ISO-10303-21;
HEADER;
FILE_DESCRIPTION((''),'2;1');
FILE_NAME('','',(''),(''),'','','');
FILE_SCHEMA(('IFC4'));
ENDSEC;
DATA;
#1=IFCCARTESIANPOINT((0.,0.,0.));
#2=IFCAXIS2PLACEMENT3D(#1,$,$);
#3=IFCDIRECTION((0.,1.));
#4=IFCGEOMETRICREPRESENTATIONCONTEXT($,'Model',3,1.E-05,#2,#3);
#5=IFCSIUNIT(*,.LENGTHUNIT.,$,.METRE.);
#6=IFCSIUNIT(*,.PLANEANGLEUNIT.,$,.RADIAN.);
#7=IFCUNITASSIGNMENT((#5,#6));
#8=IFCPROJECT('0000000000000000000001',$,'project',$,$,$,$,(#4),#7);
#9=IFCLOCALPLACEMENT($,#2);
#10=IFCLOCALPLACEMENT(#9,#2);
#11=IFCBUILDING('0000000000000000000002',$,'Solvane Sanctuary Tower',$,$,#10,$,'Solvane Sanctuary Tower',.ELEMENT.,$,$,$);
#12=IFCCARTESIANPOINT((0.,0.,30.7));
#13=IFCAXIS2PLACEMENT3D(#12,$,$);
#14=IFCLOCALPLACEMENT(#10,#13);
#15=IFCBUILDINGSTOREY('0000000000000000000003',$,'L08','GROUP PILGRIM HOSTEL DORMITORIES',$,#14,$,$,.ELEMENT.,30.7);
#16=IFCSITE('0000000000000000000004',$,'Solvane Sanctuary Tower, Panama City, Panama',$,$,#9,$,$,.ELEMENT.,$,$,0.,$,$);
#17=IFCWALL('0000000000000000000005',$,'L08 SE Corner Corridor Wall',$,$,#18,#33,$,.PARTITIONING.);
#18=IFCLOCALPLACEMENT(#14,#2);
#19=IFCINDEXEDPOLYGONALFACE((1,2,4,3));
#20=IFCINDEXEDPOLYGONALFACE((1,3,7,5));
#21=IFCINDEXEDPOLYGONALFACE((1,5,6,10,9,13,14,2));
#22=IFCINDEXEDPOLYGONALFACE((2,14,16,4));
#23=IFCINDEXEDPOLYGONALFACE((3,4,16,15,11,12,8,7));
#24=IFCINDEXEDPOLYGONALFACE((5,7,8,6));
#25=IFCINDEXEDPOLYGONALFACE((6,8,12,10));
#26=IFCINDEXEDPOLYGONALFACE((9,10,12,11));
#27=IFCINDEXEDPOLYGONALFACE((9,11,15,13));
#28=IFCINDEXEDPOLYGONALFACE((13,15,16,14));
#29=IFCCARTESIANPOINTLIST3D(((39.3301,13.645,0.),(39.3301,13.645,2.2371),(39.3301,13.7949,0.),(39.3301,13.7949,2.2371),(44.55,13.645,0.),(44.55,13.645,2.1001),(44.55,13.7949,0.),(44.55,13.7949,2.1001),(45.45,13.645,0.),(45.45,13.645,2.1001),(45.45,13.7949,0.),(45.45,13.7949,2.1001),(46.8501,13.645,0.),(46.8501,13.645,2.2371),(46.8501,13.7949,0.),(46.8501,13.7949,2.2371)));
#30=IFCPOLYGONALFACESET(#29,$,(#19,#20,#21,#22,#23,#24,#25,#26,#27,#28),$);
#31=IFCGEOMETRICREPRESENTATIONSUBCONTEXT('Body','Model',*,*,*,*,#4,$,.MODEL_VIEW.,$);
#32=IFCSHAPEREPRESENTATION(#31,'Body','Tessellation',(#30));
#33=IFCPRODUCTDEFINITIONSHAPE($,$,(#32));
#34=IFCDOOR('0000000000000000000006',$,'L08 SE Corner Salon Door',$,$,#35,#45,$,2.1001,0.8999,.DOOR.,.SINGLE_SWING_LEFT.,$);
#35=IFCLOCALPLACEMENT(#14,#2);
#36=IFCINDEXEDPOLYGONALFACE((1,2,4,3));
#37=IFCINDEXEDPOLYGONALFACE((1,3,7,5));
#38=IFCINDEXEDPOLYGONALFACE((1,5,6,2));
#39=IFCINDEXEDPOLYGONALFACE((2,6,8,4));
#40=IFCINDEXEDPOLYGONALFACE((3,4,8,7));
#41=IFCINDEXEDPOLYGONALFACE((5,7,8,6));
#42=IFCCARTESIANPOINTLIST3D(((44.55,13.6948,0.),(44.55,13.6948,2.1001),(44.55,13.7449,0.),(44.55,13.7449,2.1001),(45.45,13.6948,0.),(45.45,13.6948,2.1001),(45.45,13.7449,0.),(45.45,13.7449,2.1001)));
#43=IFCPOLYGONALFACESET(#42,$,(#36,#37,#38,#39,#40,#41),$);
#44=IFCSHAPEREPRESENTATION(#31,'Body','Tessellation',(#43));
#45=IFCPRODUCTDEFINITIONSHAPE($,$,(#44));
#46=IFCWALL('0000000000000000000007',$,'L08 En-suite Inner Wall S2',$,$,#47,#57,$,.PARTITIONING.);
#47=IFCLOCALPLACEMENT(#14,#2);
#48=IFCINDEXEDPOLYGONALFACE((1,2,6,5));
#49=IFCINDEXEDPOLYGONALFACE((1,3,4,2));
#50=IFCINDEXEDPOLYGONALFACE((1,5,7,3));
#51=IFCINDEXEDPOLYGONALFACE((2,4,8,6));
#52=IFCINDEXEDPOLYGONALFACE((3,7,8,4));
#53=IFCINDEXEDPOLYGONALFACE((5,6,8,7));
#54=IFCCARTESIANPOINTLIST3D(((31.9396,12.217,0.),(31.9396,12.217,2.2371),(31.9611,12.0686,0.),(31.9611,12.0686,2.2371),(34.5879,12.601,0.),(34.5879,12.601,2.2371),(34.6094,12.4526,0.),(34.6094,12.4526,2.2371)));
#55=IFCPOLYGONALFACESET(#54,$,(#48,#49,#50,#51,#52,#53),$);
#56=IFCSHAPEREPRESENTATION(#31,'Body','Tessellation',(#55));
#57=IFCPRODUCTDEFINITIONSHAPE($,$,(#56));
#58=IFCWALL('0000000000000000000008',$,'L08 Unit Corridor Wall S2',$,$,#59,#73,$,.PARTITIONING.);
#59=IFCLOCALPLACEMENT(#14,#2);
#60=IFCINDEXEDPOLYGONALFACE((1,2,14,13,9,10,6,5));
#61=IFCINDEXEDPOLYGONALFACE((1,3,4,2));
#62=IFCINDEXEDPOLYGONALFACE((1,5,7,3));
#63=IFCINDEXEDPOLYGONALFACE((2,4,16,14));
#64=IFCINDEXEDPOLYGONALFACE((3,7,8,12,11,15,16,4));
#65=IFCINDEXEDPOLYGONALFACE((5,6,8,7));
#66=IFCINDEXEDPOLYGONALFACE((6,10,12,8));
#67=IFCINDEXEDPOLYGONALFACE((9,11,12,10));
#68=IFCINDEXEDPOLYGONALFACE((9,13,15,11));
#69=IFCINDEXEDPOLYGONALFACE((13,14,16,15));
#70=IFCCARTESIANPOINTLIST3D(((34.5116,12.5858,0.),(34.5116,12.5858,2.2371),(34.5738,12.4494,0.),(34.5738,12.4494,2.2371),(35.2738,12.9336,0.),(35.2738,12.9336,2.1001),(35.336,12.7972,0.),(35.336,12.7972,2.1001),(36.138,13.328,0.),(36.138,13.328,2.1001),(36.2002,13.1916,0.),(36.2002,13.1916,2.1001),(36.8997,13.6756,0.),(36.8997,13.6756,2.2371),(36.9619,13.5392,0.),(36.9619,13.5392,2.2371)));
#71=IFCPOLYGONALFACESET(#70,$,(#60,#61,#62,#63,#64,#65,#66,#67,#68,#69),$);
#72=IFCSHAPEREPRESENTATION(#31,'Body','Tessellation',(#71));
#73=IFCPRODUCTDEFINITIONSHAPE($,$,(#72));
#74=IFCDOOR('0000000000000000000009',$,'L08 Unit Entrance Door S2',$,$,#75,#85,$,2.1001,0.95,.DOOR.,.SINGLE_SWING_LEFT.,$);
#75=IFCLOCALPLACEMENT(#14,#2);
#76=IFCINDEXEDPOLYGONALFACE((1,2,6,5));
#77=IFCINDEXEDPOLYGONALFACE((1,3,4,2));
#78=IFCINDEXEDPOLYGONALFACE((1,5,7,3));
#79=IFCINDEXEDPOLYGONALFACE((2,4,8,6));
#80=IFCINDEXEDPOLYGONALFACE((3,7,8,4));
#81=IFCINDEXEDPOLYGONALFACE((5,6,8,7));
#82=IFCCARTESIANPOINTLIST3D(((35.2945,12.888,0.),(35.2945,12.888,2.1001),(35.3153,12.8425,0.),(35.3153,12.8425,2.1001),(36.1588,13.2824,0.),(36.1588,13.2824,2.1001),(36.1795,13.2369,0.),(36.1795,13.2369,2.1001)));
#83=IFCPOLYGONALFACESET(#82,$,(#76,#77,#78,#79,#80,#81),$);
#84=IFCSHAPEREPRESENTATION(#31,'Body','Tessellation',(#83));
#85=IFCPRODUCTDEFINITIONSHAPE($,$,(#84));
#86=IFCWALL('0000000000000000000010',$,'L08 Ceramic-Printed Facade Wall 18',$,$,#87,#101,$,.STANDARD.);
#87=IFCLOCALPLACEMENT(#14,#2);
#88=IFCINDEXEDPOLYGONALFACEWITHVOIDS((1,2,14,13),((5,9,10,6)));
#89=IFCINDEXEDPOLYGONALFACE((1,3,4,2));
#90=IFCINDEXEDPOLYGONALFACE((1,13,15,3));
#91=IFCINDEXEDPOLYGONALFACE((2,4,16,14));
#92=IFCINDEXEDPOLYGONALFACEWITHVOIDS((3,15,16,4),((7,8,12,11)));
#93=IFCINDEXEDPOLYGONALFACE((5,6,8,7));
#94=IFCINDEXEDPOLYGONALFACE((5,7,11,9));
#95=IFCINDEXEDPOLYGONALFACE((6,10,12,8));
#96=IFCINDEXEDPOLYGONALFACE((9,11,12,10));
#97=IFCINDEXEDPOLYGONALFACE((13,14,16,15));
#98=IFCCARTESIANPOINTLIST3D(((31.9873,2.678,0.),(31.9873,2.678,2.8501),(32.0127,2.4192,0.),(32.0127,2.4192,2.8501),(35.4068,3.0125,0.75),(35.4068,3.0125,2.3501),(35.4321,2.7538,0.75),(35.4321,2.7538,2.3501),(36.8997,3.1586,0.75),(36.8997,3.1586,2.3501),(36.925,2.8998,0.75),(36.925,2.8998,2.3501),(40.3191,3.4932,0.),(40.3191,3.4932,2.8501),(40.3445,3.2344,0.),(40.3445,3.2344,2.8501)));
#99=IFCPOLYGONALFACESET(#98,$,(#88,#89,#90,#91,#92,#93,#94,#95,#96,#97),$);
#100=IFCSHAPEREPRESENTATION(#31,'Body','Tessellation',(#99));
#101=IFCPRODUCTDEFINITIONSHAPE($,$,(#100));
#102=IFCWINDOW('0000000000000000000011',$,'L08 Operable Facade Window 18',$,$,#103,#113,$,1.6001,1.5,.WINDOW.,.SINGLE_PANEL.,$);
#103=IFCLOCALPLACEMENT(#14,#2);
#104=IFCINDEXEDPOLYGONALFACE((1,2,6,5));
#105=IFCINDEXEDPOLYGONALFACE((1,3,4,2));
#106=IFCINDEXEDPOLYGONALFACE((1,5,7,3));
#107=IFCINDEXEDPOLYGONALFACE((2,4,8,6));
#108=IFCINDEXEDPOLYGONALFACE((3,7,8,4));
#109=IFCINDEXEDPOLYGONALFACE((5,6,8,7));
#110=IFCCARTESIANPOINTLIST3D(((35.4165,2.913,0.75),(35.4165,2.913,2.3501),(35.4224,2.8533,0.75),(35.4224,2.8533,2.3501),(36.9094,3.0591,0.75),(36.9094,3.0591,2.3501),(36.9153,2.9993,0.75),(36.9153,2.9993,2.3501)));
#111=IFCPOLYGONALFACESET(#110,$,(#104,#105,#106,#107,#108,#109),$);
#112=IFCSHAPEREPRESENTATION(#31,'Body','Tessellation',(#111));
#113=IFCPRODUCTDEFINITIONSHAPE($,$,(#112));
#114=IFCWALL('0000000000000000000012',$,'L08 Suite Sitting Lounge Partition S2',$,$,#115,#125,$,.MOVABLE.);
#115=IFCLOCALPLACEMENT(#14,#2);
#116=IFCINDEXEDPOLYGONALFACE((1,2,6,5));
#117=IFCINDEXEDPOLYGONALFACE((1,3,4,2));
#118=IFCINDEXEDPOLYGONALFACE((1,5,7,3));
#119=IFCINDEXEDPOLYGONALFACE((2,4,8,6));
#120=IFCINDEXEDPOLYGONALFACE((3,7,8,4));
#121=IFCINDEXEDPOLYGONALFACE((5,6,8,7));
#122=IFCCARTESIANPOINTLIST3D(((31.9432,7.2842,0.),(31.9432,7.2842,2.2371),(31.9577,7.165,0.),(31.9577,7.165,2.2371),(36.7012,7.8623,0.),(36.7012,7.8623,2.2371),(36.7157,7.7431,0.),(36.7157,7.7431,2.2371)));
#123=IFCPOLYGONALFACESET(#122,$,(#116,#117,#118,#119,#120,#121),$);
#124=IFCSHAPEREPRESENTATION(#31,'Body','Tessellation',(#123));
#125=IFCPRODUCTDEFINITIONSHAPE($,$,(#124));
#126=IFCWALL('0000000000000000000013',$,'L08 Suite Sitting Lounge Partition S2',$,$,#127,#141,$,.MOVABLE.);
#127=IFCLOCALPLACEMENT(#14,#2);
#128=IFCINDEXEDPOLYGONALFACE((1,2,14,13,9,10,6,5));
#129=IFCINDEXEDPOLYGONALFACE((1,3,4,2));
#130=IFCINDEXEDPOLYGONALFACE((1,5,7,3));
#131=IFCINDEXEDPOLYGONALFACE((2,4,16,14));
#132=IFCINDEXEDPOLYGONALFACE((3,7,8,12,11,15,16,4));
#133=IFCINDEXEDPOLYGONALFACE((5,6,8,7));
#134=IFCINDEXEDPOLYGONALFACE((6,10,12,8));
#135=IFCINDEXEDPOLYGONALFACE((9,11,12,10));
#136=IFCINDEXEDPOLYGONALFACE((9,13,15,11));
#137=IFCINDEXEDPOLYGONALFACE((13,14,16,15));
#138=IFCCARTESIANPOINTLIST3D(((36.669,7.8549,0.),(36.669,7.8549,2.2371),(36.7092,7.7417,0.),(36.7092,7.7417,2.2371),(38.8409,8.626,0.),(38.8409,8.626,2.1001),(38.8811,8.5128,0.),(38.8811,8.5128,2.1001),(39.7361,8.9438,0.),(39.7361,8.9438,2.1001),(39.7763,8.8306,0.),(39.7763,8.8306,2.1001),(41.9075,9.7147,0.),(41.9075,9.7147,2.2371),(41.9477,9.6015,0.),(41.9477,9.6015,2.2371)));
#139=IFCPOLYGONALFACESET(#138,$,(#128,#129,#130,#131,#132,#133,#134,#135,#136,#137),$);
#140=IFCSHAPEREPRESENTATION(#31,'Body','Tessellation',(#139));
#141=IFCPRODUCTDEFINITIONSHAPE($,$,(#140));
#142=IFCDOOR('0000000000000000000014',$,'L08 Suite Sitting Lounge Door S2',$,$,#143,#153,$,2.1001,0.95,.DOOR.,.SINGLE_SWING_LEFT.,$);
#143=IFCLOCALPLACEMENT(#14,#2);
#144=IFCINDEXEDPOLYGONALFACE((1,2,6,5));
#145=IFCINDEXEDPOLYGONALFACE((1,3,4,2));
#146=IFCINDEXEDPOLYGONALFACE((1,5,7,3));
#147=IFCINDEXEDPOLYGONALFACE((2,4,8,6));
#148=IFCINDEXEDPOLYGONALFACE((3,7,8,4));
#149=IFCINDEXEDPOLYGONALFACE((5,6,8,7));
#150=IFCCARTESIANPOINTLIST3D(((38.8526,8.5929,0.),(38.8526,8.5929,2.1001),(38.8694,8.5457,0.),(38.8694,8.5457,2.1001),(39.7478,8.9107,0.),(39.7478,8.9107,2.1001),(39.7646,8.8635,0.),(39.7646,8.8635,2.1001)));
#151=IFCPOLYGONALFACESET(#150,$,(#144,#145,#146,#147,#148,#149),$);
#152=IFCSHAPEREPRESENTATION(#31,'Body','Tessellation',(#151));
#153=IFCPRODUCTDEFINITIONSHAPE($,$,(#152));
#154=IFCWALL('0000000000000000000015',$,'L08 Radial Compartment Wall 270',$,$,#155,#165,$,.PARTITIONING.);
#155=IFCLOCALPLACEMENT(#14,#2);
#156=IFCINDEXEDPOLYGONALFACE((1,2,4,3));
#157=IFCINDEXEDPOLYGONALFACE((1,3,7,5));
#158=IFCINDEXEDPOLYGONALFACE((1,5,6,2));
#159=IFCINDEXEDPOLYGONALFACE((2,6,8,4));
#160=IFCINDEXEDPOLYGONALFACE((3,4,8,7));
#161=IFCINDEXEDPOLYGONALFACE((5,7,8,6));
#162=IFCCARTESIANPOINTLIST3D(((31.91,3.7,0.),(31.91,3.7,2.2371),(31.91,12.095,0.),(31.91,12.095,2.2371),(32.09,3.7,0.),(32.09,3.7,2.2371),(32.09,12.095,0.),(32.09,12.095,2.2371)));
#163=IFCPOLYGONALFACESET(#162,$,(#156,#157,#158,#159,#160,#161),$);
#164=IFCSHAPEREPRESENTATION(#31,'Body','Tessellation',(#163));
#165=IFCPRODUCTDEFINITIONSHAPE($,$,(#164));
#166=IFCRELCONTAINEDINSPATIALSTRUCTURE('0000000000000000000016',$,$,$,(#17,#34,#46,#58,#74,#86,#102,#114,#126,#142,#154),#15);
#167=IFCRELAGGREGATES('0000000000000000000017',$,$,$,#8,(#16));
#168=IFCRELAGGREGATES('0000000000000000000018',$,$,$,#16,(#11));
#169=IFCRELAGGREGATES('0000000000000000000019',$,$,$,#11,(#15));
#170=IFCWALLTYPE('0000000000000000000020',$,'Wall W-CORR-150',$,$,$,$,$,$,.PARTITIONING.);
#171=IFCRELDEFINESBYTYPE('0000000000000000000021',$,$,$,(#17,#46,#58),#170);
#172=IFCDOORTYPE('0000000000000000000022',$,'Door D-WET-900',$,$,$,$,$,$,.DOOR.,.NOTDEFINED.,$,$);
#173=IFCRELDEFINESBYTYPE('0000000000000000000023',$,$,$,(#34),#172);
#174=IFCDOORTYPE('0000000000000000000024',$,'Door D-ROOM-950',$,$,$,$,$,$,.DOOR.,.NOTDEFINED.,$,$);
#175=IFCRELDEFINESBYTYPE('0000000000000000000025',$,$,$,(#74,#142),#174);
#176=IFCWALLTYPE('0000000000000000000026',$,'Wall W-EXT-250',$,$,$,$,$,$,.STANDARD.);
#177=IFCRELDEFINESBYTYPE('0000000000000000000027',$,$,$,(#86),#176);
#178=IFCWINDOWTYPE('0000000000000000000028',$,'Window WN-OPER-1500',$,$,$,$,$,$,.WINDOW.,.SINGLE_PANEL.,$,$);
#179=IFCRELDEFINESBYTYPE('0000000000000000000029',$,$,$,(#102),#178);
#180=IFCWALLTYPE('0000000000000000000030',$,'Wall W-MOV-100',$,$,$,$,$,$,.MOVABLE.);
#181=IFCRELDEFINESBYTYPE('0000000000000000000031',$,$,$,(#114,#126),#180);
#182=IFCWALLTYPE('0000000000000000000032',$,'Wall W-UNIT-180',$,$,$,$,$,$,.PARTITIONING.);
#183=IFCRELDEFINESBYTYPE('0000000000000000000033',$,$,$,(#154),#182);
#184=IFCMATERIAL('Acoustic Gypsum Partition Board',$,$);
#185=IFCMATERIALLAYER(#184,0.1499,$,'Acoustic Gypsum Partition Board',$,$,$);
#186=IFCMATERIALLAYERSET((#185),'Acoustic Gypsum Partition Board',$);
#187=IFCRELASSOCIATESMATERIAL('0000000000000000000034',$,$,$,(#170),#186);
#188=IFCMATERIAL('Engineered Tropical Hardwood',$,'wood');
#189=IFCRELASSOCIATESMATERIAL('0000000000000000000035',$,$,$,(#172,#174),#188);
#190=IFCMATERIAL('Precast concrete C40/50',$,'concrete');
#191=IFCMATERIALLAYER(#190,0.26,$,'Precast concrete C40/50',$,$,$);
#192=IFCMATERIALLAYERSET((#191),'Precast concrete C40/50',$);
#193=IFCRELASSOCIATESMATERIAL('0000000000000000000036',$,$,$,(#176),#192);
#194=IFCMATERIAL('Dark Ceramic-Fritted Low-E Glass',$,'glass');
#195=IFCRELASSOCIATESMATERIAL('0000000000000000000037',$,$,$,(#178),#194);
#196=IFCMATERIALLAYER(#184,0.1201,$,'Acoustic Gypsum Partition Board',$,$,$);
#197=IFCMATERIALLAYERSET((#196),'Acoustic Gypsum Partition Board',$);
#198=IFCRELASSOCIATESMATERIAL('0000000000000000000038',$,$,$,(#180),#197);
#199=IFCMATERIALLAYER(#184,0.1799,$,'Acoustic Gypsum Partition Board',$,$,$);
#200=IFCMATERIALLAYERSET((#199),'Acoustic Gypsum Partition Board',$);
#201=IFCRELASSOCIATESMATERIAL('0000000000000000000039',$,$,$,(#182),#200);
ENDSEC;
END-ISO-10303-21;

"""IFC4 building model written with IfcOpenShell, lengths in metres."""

from ifc_helpers import new_model, si_unit, direction, frame, frame_2d, origin, place, context, subcontext, project, spatial, rectangle, extrude, material, layer, layer_set, type_object, element, fill, save


model = new_model("IFC4")

# Units and contexts
model_context = context("Model", 3, precision=1e-05, world=origin(), true_north=direction((0.0, 1.0)))
body_context = subcontext(model_context, "Body", "Model", "MODEL_VIEW")
ifc_project = project(units=[si_unit("LENGTHUNIT", "METRE"), si_unit("PLANEANGLEUNIT", "RADIAN")], contexts=[model_context])

# Site, building, storey
site_placement = place(None, origin())
site = spatial("IfcSite", under=ifc_project, at=site_placement, Name="Solvane Sanctuary Tower, Panama City, Panama", CompositionType="ELEMENT", RefElevation=0.0)
building_placement = place(site_placement, origin())
building = spatial("IfcBuilding", under=site, at=building_placement, Name="Solvane Sanctuary Tower", LongName="Solvane Sanctuary Tower", CompositionType="ELEMENT")
storey_placement = place(building_placement, frame((0.0, 0.0, 30.7)))
storey = spatial("IfcBuildingStorey", under=building, at=storey_placement, Name="L08", Description="GROUP PILGRIM HOSTEL DORMITORIES", CompositionType="ELEMENT", Elevation=30.7)

# Shared definitions
ifc_material_1 = material(Name="Acoustic Gypsum Partition Board")
ifc_layer_1 = layer(ifc_material_1, 0.1499, Name="Acoustic Gypsum Partition Board")
ifc_layer_set_1 = layer_set([ifc_layer_1], Name="Acoustic Gypsum Partition Board")
wall_type_1 = type_object("IfcWallType", Name="Wall W-CORR-150", PredefinedType="PARTITIONING", material=ifc_layer_set_1)

# Wall, opening, door
wall_1_placement = place(storey_placement, frame((39.3301, 13.72, 0.0), z_axis=(0.0, 0.0, 1.0), x_axis=(1.0, 0.0, 0.0)))
wall_1 = element("IfcWall", 1, at=wall_1_placement, inside=storey, type_object=wall_type_1, Name="L08 SE Corner Corridor Wall", PredefinedType="PARTITIONING", context=body_context, shape_type="SweptSolid", body=[
    extrude(rectangle(XDim=7.52, YDim=0.1499, at=frame_2d((3.76, 0.0))), origin(), (0.0, 0.0, 1.0), 2.2371),
])
opening_1_placement = place(wall_1_placement, frame((5.22, 0.0, 0.0)))
opening_1 = element("IfcOpeningElement", 2, at=opening_1_placement, cuts=wall_1, PredefinedType="OPENING", context=body_context, shape_type="SweptSolid", body=[
    extrude(rectangle(XDim=0.8999, YDim=2.1001, at=frame_2d((0.45, 1.05))), frame((0.0, 0.085, 0.0), z_axis=(0.0, -1.0, 0.0), x_axis=(1.0, 0.0, 0.0)), (0.0, 0.0, 1.0), 0.1699),
])
ifc_material_2 = material(Name="Engineered Tropical Hardwood", Category="wood")
door_type_1 = type_object("IfcDoorType", Name="Door D-WET-900", OperationType="NOTDEFINED", PredefinedType="DOOR", material=ifc_material_2)
door_1_placement = place(opening_1_placement, origin())
door_1 = element("IfcDoor", 3, at=door_1_placement, inside=storey, type_object=door_type_1, Name="L08 SE Corner Salon Door", OperationType="SINGLE_SWING_LEFT", OverallHeight=2.1001, OverallWidth=0.8999, PredefinedType="DOOR", context=body_context, shape_type="SweptSolid", body=[
    extrude(rectangle(XDim=0.8999, YDim=2.1001, at=frame_2d((0.45, 1.05))), frame((0.0, 0.0249, 0.0), z_axis=(0.0, -1.0, 0.0), x_axis=(1.0, 0.0, 0.0)), (0.0, 0.0, 1.0), 0.05),
])
fill(opening_1, door_1)

# Wall
wall_2_placement = place(storey_placement, frame((31.9504, 12.1428, 0.0), z_axis=(0.0, 0.0, 1.0), x_axis=(0.98965, 0.143503, 0.0)))
element("IfcWall", 4, at=wall_2_placement, inside=storey, type_object=wall_type_1, Name="L08 En-suite Inner Wall S2", PredefinedType="PARTITIONING", context=body_context, shape_type="SweptSolid", body=[
    extrude(rectangle(XDim=2.676, YDim=0.1499, at=frame_2d((1.3379, 0.0))), origin(), (0.0, 0.0, 1.0), 2.2371),
])

# Wall, opening, door
wall_3_placement = place(storey_placement, frame((34.5427, 12.5176, 0.0), z_axis=(0.0, 0.0, 1.0), x_axis=(0.909748, 0.415162, 0.0)))
wall_3 = element("IfcWall", 5, at=wall_3_placement, inside=storey, type_object=wall_type_1, Name="L08 Unit Corridor Wall S2", PredefinedType="PARTITIONING", context=body_context, shape_type="SweptSolid", body=[
    extrude(rectangle(XDim=2.625, YDim=0.1499, at=frame_2d((1.3125, 0.0))), origin(), (0.0, 0.0, 1.0), 2.2371),
])
opening_2_placement = place(wall_3_placement, frame((0.8376, 0.0, 0.0)))
opening_2 = element("IfcOpeningElement", 6, at=opening_2_placement, cuts=wall_3, PredefinedType="OPENING", context=body_context, shape_type="SweptSolid", body=[
    extrude(rectangle(XDim=0.95, YDim=2.1001, at=frame_2d((0.4751, 1.05))), frame((0.0, 0.085, 0.0), z_axis=(0.0, -1.0, 0.0), x_axis=(1.0, 0.0, 0.0)), (0.0, 0.0, 1.0), 0.1699),
])
door_type_2 = type_object("IfcDoorType", Name="Door D-ROOM-950", OperationType="NOTDEFINED", PredefinedType="DOOR", material=ifc_material_2)
door_2_placement = place(opening_2_placement, origin())
door_2 = element("IfcDoor", 7, at=door_2_placement, inside=storey, type_object=door_type_2, Name="L08 Unit Entrance Door S2", OperationType="SINGLE_SWING_LEFT", OverallHeight=2.1001, OverallWidth=0.95, PredefinedType="DOOR", context=body_context, shape_type="SweptSolid", body=[
    extrude(rectangle(XDim=0.95, YDim=2.1001, at=frame_2d((0.4751, 1.05))), frame((0.0, 0.0249, 0.0), z_axis=(0.0, -1.0, 0.0), x_axis=(1.0, 0.0, 0.0)), (0.0, 0.0, 1.0), 0.05),
])
fill(opening_2, door_2)

# Wall, opening, window
ifc_material_3 = material(Name="Precast concrete C40/50", Category="concrete")
ifc_layer_2 = layer(ifc_material_3, 0.26, Name="Precast concrete C40/50")
ifc_layer_set_2 = layer_set([ifc_layer_2], Name="Precast concrete C40/50")
wall_type_2 = type_object("IfcWallType", Name="Wall W-EXT-250", PredefinedType="STANDARD", material=ifc_layer_set_2)
wall_4_placement = place(storey_placement, frame((32.0, 2.5486, 0.0), z_axis=(0.0, 0.0, 1.0), x_axis=(0.995248, 0.097375, 0.0)))
wall_4 = element("IfcWall", 8, at=wall_4_placement, inside=storey, type_object=wall_type_2, Name="L08 Ceramic-Printed Facade Wall 18", PredefinedType="STANDARD", context=body_context, shape_type="SweptSolid", body=[
    extrude(rectangle(XDim=8.3716, YDim=0.26, at=frame_2d((4.1858, 0.0))), origin(), (0.0, 0.0, 1.0), 2.8501),
])
opening_3_placement = place(wall_4_placement, frame((3.4358, 0.0, 0.75)))
opening_3 = element("IfcOpeningElement", 9, at=opening_3_placement, cuts=wall_4, PredefinedType="OPENING", context=body_context, shape_type="SweptSolid", body=[
    extrude(rectangle(XDim=1.5, YDim=1.6001, at=frame_2d((0.75, 0.8))), frame((0.0, 0.1399, 0.0), z_axis=(0.0, -1.0, 0.0), x_axis=(1.0, 0.0, 0.0)), (0.0, 0.0, 1.0), 0.28),
])
ifc_material_4 = material(Name="Dark Ceramic-Fritted Low-E Glass", Category="glass")
window_type = type_object("IfcWindowType", Name="Window WN-OPER-1500", PartitioningType="SINGLE_PANEL", PredefinedType="WINDOW", material=ifc_material_4)
window_placement = place(opening_3_placement, origin())
window = element("IfcWindow", 10, at=window_placement, inside=storey, type_object=window_type, Name="L08 Operable Facade Window 18", OverallHeight=1.6001, OverallWidth=1.5, PartitioningType="SINGLE_PANEL", PredefinedType="WINDOW", context=body_context, shape_type="SweptSolid", body=[
    extrude(rectangle(XDim=1.5, YDim=1.6001, at=frame_2d((0.75, 0.8))), frame((0.0, 0.03, 0.0), z_axis=(0.0, -1.0, 0.0), x_axis=(1.0, 0.0, 0.0)), (0.0, 0.0, 1.0), 0.0601),
])
fill(opening_3, window)

# Wall
ifc_layer_3 = layer(ifc_material_1, 0.1201, Name="Acoustic Gypsum Partition Board")
ifc_layer_set_3 = layer_set([ifc_layer_3], Name="Acoustic Gypsum Partition Board")
wall_type_3 = type_object("IfcWallType", Name="Wall W-MOV-100", PredefinedType="MOVABLE", material=ifc_layer_set_3)
wall_5_placement = place(storey_placement, frame((31.9504, 7.2246, 0.0), z_axis=(0.0, 0.0, 1.0), x_axis=(0.992699, 0.120617, 0.0)))
element("IfcWall", 11, at=wall_5_placement, inside=storey, type_object=wall_type_3, Name="L08 Suite Sitting Lounge Partition S2", PredefinedType="MOVABLE", context=body_context, shape_type="SweptSolid", body=[
    extrude(rectangle(XDim=4.793, YDim=0.1201, at=frame_2d((2.3965, 0.0))), origin(), (0.0, 0.0, 1.0), 2.2371),
])

# Wall, opening, door
wall_6_placement = place(storey_placement, frame((36.6892, 7.7983, 0.0), z_axis=(0.0, 0.0, 1.0), x_axis=(0.942369, 0.334575, 0.0)))
wall_6 = element("IfcWall", 12, at=wall_6_placement, inside=storey, type_object=wall_type_3, Name="L08 Suite Sitting Lounge Partition S2", PredefinedType="MOVABLE", context=body_context, shape_type="SweptSolid", body=[
    extrude(rectangle(XDim=5.5588, YDim=0.1201, at=frame_2d((2.7793, 0.0))), origin(), (0.0, 0.0, 1.0), 2.2371),
])
opening_4_placement = place(wall_6_placement, frame((2.3044, 0.0, 0.0)))
opening_4 = element("IfcOpeningElement", 13, at=opening_4_placement, cuts=wall_6, PredefinedType="OPENING", context=body_context, shape_type="SweptSolid", body=[
    extrude(rectangle(XDim=0.95, YDim=2.1001, at=frame_2d((0.4751, 1.05))), frame((0.0, 0.0701, 0.0), z_axis=(0.0, -1.0, 0.0), x_axis=(1.0, 0.0, 0.0)), (0.0, 0.0, 1.0), 0.1401),
])
door_3_placement = place(opening_4_placement, origin())
door_3 = element("IfcDoor", 14, at=door_3_placement, inside=storey, type_object=door_type_2, Name="L08 Suite Sitting Lounge Door S2", OperationType="SINGLE_SWING_LEFT", OverallHeight=2.1001, OverallWidth=0.95, PredefinedType="DOOR", context=body_context, shape_type="SweptSolid", body=[
    extrude(rectangle(XDim=0.95, YDim=2.1001, at=frame_2d((0.4751, 1.05))), frame((0.0, 0.0249, 0.0), z_axis=(0.0, -1.0, 0.0), x_axis=(1.0, 0.0, 0.0)), (0.0, 0.0, 1.0), 0.05),
])
fill(opening_4, door_3)

# Wall
ifc_layer_4 = layer(ifc_material_1, 0.1799, Name="Acoustic Gypsum Partition Board")
ifc_layer_set_4 = layer_set([ifc_layer_4], Name="Acoustic Gypsum Partition Board")
wall_type_4 = type_object("IfcWallType", Name="Wall W-UNIT-180", PredefinedType="PARTITIONING", material=ifc_layer_set_4)
wall_7_placement = place(storey_placement, frame((32.0, 12.095, 0.0), z_axis=(0.0, 0.0, 1.0), x_axis=(0.0, -1.0, 0.0)))
element("IfcWall", 15, at=wall_7_placement, inside=storey, type_object=wall_type_4, Name="L08 Radial Compartment Wall 270", PredefinedType="PARTITIONING", context=body_context, shape_type="SweptSolid", body=[
    extrude(rectangle(XDim=8.395, YDim=0.1799, at=frame_2d((4.1975, 0.0))), origin(), (0.0, 0.0, 1.0), 2.2371),
])

save(model, "model.ifc")
